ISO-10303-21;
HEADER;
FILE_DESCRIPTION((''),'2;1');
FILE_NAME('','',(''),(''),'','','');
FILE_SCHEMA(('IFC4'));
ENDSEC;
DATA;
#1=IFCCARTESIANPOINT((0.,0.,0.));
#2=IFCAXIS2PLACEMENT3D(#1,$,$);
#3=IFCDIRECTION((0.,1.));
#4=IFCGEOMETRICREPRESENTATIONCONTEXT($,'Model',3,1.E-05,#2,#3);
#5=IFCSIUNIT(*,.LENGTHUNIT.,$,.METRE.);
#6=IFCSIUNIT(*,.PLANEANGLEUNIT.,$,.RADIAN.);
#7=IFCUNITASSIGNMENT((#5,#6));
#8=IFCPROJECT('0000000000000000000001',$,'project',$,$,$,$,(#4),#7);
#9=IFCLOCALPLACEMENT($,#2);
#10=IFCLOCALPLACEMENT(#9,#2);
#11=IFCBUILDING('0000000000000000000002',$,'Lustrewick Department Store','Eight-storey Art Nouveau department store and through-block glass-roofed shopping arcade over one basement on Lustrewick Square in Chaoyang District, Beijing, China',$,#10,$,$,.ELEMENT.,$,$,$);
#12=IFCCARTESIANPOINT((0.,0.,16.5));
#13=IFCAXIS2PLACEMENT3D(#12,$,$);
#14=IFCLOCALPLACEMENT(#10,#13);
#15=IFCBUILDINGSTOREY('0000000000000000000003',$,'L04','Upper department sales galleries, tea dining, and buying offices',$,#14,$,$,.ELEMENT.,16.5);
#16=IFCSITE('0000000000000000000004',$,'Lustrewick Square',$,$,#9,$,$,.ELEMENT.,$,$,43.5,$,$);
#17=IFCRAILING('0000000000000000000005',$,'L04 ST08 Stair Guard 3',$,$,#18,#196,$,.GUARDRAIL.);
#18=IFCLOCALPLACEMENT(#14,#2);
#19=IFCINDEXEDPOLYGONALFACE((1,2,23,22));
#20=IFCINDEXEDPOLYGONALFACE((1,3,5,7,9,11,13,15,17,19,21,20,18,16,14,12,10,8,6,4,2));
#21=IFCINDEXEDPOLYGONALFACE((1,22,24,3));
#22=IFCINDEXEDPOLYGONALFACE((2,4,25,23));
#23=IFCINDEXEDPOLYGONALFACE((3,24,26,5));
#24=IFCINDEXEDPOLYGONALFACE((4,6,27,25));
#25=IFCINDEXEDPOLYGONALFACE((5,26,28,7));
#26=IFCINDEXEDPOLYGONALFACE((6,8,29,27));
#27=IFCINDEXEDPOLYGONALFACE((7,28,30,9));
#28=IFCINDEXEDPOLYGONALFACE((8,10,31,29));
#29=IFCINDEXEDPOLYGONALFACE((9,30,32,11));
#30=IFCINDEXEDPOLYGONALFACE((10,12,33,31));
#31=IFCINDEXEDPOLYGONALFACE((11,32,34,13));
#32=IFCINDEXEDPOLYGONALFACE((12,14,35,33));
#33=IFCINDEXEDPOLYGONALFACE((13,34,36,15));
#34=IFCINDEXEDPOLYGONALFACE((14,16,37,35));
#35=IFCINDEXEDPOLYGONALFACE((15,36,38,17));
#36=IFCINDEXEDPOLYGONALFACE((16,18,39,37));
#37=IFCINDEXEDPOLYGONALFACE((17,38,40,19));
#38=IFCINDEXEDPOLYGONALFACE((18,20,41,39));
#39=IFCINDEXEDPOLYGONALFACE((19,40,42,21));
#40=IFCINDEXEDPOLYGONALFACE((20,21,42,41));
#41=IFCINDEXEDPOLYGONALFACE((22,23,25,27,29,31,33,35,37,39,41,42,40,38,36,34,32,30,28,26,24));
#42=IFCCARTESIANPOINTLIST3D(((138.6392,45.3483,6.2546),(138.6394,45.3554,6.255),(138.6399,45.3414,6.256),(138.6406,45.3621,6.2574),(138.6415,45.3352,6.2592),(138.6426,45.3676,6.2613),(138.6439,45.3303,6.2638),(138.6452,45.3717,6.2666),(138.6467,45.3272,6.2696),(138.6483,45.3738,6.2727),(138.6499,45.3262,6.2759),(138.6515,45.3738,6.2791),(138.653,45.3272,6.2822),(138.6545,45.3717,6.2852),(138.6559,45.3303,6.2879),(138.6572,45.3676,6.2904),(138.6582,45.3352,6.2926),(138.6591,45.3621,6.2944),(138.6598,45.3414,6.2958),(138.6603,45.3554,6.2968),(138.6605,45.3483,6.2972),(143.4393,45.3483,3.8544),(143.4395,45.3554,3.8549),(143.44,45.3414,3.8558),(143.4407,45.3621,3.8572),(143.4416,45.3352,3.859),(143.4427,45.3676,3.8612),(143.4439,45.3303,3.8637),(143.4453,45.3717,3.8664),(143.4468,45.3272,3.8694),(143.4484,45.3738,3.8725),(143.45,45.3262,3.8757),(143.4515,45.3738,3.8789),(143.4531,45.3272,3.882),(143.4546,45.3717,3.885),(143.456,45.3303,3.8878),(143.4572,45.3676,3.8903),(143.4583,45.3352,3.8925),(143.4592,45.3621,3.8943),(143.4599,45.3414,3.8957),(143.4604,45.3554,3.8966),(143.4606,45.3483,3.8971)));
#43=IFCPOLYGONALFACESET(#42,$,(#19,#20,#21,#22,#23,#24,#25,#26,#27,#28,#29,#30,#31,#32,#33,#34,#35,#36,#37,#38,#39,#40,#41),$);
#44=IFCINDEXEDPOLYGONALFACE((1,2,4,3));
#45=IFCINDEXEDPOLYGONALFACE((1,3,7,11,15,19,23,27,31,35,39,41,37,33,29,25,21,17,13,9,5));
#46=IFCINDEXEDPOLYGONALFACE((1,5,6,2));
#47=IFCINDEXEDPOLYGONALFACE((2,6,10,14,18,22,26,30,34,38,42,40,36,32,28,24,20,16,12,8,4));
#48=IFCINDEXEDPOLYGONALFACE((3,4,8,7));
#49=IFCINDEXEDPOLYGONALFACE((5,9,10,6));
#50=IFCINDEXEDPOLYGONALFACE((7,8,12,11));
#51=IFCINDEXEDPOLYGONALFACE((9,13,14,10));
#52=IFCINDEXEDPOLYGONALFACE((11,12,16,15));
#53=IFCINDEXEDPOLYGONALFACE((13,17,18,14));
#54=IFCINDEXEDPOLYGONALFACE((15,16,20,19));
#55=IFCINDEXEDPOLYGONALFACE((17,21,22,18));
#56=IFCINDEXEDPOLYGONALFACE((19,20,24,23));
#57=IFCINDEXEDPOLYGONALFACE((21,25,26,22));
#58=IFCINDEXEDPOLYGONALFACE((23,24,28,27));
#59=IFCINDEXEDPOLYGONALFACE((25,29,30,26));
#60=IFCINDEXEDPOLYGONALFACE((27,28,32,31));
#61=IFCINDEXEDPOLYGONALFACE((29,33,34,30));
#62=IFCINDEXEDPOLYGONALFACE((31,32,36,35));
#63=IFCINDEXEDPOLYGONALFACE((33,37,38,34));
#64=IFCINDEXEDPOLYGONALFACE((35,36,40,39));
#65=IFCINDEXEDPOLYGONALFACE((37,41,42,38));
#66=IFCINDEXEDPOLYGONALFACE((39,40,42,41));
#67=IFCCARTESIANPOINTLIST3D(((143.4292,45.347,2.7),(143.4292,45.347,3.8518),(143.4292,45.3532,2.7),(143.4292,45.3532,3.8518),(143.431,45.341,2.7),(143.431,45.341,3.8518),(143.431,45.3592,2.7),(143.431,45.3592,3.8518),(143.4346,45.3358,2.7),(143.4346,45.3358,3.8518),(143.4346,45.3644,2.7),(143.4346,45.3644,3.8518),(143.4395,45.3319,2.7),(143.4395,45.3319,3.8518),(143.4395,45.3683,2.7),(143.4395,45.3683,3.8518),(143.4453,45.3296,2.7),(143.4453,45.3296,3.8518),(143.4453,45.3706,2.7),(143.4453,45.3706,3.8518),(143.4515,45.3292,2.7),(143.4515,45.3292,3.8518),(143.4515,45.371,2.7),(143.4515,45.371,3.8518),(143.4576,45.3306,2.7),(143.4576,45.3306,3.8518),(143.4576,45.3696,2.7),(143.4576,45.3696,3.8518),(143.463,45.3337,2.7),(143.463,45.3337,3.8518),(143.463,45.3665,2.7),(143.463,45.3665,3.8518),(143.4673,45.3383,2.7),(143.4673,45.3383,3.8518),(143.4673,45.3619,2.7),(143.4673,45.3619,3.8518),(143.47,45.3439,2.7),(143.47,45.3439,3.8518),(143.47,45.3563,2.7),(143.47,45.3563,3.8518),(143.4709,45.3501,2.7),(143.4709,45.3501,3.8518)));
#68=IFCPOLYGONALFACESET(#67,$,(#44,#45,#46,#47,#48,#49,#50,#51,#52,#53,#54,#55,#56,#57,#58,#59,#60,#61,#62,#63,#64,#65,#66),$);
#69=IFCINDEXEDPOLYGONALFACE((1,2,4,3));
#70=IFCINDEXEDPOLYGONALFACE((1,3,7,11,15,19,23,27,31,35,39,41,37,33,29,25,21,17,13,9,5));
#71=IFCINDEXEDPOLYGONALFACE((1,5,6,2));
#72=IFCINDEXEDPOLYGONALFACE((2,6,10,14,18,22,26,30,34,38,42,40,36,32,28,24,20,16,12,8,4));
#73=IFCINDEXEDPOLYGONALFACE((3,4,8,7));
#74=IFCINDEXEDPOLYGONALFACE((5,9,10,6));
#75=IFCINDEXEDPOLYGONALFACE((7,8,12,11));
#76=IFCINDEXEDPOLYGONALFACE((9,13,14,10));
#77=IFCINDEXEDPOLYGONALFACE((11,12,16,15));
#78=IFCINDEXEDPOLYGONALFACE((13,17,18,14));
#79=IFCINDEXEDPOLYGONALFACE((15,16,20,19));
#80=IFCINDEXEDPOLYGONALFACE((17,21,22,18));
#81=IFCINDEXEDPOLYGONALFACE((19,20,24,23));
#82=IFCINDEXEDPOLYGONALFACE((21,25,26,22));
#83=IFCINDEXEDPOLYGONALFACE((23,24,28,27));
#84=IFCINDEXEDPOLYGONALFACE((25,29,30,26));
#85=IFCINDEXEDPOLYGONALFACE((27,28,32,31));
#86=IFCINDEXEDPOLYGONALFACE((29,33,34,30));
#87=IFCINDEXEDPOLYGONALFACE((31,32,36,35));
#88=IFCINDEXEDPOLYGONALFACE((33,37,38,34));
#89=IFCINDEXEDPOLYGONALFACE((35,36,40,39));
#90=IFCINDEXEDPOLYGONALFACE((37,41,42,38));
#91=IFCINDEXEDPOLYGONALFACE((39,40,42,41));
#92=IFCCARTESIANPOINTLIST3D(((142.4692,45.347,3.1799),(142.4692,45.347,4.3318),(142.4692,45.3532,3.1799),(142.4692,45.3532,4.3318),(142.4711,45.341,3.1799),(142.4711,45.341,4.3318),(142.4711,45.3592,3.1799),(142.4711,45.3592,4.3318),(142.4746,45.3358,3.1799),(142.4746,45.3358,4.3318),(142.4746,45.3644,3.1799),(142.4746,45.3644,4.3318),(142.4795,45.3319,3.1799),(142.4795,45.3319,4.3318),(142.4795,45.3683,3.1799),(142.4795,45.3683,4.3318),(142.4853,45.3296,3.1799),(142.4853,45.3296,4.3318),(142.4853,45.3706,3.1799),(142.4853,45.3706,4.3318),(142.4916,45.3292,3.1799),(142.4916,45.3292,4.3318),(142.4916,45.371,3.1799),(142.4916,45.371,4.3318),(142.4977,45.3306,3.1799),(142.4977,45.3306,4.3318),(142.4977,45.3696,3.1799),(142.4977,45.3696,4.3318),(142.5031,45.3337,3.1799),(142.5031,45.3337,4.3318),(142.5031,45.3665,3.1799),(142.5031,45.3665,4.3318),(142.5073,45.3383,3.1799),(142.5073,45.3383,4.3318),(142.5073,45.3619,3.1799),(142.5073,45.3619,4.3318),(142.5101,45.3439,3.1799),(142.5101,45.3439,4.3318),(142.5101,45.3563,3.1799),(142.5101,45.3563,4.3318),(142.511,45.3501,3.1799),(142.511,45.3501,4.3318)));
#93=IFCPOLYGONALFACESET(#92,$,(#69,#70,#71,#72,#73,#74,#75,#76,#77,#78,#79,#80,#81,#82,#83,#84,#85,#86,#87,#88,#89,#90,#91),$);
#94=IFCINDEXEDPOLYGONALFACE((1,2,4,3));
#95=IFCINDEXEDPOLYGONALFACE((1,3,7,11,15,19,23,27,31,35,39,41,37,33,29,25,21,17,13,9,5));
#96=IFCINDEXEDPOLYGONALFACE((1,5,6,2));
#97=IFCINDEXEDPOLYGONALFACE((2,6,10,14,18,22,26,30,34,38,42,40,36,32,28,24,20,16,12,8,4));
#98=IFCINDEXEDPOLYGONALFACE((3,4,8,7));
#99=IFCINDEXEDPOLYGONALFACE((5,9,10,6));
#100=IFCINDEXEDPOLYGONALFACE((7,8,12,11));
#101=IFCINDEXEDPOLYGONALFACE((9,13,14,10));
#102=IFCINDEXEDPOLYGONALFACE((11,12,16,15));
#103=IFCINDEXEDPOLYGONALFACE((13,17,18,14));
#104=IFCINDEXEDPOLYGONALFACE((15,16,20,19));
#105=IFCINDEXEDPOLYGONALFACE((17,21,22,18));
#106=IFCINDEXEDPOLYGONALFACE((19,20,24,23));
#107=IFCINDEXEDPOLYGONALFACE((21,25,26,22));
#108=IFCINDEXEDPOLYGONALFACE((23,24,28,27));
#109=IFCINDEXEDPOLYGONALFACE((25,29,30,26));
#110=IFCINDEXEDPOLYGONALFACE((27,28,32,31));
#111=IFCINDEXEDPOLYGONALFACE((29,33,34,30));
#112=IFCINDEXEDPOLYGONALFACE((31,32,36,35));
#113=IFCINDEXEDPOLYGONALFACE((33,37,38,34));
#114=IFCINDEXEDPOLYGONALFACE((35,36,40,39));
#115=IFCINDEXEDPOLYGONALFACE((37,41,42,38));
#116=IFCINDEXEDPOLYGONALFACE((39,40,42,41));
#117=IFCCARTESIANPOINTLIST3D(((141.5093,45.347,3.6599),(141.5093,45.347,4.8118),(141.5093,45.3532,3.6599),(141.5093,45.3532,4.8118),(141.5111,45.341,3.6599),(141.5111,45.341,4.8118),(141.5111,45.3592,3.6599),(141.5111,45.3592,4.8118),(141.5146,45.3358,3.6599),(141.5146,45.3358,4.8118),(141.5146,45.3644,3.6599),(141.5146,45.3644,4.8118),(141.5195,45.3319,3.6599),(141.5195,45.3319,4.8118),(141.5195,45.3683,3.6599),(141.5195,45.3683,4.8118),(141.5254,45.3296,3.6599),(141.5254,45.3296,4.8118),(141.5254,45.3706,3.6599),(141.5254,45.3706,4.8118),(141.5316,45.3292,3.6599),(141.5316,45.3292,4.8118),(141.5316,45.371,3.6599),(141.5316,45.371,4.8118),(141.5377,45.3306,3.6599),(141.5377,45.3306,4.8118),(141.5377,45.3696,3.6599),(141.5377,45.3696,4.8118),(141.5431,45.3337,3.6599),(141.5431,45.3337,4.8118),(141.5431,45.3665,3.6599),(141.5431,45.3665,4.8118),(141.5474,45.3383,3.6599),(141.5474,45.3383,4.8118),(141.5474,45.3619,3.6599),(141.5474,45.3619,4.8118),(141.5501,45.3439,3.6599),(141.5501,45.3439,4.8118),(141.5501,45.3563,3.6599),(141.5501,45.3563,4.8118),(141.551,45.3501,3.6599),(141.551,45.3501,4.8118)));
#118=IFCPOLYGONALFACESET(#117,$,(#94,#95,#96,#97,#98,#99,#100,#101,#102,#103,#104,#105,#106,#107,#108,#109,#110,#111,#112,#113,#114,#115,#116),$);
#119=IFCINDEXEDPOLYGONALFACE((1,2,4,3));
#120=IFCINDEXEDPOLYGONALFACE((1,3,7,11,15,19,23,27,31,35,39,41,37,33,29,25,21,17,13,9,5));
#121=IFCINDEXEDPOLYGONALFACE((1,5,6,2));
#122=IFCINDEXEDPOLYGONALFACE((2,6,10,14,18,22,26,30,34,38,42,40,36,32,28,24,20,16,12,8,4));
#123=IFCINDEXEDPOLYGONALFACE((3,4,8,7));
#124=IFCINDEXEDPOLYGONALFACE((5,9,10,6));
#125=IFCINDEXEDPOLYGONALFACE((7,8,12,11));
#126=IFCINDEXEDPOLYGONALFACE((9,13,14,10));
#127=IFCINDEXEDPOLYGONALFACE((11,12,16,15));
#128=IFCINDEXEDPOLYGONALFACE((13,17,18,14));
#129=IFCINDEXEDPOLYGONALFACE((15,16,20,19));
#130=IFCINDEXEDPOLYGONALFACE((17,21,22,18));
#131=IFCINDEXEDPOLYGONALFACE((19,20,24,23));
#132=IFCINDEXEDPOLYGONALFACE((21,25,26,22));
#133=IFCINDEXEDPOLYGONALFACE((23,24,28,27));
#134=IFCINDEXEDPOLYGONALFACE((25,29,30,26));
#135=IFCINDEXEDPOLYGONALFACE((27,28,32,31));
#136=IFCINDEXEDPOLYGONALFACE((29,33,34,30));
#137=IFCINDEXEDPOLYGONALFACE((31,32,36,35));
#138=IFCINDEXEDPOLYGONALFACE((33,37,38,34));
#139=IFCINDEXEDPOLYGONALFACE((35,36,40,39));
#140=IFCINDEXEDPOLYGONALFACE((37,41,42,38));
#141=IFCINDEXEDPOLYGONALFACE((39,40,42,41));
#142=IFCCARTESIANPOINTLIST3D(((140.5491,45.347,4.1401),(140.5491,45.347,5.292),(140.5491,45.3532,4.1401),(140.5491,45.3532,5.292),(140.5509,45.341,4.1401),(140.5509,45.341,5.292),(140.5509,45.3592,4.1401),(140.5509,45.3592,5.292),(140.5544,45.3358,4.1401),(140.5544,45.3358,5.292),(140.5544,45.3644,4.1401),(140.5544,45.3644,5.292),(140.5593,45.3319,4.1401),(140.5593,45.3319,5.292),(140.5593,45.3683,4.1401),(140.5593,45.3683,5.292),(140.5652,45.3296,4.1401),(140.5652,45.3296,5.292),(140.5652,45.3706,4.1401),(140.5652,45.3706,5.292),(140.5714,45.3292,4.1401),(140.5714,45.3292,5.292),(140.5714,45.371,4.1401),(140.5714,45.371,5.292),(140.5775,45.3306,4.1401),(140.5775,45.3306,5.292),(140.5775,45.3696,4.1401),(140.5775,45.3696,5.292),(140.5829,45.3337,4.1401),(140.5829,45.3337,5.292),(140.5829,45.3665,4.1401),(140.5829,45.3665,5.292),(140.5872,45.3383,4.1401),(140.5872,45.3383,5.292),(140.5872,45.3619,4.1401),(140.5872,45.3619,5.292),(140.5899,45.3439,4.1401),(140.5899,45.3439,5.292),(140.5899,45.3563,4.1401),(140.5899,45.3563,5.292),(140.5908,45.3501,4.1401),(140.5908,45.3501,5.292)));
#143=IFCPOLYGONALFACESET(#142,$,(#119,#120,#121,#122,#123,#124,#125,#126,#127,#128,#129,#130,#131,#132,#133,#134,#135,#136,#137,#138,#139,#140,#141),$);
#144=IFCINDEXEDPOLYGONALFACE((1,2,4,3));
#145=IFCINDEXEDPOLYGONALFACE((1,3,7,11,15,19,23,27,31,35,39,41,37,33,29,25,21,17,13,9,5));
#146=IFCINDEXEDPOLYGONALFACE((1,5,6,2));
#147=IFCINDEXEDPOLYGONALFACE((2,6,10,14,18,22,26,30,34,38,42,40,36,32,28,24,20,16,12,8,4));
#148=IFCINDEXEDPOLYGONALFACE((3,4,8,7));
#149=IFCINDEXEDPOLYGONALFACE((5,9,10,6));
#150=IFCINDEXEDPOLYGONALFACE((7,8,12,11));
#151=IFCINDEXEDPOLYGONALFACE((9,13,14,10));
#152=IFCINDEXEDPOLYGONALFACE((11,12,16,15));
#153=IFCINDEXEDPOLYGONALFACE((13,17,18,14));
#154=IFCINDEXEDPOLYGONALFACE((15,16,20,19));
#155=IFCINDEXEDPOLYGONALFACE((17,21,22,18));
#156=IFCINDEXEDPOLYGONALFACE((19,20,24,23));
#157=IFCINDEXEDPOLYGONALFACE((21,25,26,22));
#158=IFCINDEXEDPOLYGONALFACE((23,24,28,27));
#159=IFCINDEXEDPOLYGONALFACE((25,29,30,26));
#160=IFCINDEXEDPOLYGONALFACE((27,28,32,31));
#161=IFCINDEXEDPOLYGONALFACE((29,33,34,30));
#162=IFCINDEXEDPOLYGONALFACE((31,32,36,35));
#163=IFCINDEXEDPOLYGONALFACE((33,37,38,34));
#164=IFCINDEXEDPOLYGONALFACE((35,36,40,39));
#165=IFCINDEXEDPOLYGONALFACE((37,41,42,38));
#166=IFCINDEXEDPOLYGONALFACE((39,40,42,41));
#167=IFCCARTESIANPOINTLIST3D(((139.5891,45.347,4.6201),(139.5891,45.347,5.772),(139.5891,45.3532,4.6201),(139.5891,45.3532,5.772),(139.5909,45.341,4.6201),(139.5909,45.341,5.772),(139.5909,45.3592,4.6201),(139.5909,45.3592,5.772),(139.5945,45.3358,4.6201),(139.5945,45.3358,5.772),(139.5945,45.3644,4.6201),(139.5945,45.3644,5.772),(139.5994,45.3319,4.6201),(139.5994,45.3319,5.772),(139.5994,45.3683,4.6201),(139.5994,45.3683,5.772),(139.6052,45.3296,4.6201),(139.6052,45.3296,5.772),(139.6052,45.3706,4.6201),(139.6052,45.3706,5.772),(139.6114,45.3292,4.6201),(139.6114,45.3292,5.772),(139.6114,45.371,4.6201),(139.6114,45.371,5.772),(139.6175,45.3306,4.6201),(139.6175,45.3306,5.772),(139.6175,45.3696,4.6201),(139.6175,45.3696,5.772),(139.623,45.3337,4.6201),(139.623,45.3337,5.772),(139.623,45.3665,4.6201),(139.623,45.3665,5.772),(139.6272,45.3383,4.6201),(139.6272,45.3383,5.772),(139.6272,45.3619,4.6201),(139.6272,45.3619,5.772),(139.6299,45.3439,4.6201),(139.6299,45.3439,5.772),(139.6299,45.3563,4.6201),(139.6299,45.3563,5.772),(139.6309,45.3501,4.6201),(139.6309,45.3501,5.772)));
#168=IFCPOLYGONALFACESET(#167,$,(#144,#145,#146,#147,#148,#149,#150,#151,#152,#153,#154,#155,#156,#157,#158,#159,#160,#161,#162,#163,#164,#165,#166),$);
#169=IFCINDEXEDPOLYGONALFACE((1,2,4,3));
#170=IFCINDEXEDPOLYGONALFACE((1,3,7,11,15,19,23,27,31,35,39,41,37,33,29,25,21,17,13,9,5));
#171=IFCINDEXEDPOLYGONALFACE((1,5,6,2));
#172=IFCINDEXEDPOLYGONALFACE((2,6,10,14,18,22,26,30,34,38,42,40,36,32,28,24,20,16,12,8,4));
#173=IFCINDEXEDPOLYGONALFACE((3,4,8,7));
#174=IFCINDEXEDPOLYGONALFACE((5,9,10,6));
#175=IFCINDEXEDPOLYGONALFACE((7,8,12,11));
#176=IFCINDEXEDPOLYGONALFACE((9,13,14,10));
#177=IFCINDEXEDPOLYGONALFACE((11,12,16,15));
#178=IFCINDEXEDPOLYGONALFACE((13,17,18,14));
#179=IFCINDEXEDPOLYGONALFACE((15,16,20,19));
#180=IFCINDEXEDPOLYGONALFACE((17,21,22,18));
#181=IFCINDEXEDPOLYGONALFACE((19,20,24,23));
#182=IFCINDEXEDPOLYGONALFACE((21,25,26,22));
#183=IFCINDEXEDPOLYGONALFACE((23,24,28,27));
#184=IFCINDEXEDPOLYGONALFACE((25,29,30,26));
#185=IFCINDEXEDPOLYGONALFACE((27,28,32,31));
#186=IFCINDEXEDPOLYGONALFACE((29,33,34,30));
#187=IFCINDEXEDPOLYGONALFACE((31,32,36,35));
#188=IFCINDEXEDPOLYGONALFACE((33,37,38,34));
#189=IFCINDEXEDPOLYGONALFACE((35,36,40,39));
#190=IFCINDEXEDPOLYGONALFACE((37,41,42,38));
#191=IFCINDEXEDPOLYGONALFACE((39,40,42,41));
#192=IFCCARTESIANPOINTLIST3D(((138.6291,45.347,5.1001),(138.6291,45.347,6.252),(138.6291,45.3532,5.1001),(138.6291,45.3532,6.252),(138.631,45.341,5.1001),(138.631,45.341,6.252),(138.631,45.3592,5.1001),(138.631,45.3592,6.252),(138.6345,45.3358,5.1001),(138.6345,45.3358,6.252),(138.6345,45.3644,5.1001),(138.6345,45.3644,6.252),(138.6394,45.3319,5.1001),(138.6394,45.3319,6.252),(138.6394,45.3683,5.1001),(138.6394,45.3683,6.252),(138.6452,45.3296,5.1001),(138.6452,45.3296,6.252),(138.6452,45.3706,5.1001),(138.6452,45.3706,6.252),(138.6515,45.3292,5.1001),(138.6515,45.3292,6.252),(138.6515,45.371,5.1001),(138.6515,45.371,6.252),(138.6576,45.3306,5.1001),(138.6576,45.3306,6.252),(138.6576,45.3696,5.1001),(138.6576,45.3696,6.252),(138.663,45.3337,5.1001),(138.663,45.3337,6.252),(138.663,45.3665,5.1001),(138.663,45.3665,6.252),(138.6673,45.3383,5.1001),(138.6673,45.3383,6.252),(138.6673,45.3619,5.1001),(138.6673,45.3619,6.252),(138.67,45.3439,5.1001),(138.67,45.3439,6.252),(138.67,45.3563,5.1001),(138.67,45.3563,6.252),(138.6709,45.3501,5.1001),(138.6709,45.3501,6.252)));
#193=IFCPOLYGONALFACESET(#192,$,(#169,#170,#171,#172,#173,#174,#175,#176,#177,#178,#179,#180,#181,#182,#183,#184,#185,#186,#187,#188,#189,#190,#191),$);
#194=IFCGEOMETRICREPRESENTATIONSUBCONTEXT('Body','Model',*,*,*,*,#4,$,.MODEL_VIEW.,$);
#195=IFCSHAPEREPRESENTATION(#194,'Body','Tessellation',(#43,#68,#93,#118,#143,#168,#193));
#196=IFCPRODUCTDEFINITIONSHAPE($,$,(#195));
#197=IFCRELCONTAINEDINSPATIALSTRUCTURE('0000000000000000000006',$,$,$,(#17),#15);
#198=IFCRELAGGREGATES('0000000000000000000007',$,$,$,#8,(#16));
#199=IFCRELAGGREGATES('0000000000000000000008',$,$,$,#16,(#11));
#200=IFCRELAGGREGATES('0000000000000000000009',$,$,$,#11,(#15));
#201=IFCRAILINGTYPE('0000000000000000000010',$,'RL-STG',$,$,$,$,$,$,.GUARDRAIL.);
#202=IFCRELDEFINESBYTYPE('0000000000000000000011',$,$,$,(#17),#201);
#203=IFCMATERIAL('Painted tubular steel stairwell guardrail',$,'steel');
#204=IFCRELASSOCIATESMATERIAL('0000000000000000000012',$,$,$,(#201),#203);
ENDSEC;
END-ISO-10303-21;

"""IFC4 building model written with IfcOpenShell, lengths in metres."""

from ifc_helpers import new_model, si_unit, direction, frame, origin, origin_2d, place, context, subcontext, project, spatial, circle, extrude, material, type_object, element, save


model = new_model("IFC4")

# Units and contexts
model_context = context("Model", 3, precision=1e-05, world=origin(), true_north=direction((0.0, 1.0)))
body_context = subcontext(model_context, "Body", "Model", "MODEL_VIEW")
ifc_project = project(units=[si_unit("LENGTHUNIT", "METRE"), si_unit("PLANEANGLEUNIT", "RADIAN")], contexts=[model_context])

# Site, building, storey
site_placement = place(None, origin())
site = spatial("IfcSite", under=ifc_project, at=site_placement, Name="Lustrewick Square", CompositionType="ELEMENT", RefElevation=43.5)
building_placement = place(site_placement, origin())
building = spatial("IfcBuilding", under=site, at=building_placement, Name="Lustrewick Department Store", Description="Eight-storey Art Nouveau department store and through-block glass-roofed shopping arcade over one basement on Lustrewick Square in Chaoyang District, Beijing, China", CompositionType="ELEMENT")
storey_placement = place(building_placement, frame((0.0, 0.0, 16.5)))
storey = spatial("IfcBuildingStorey", under=building, at=storey_placement, Name="L04", Description="Upper department sales galleries, tea dining, and buying offices", CompositionType="ELEMENT", Elevation=16.5)

# Railing
ifc_material_1 = material(Name="Painted tubular steel stairwell guardrail", Category="steel")
railing_type_1 = type_object("IfcRailingType", Name="RL-STG", PredefinedType="GUARDRAIL", material=ifc_material_1)
railing_1_placement = place(storey_placement, frame((143.45, 45.3501, 2.7)))
element("IfcRailing", 1, at=railing_1_placement, inside=storey, type_object=railing_type_1, Name="L04 ST08 Stair Guard 3", PredefinedType="GUARDRAIL", context=body_context, shape_type="SweptSolid", body=[
    extrude(circle(Radius=0.0239, at=origin_2d()), frame((0.0, 0.0, 1.1758), z_axis=(-0.894418, 0.0, 0.447232), x_axis=(0.0, -1.0, 0.0)), (0.0, 0.0, 1.0), 5.3667),
    extrude(circle(Radius=0.021, at=origin_2d()), origin(), (0.0, 0.0, 1.0), 1.1519),
    extrude(circle(Radius=0.021, at=origin_2d()), frame((-0.96, 0.0, 0.48)), (0.0, 0.0, 1.0), 1.1519),
    extrude(circle(Radius=0.021, at=origin_2d()), frame((-1.9199, 0.0, 0.96)), (0.0, 0.0, 1.0), 1.1519),
    extrude(circle(Radius=0.021, at=origin_2d()), frame((-2.8801, 0.0, 1.4402)), (0.0, 0.0, 1.0), 1.1519),
    extrude(circle(Radius=0.021, at=origin_2d()), frame((-3.8401, 0.0, 1.9202)), (0.0, 0.0, 1.0), 1.1519),
    extrude(circle(Radius=0.021, at=origin_2d()), frame((-4.8, 0.0, 2.4001)), (0.0, 0.0, 1.0), 1.1519),
])

save(model, "model.ifc")
